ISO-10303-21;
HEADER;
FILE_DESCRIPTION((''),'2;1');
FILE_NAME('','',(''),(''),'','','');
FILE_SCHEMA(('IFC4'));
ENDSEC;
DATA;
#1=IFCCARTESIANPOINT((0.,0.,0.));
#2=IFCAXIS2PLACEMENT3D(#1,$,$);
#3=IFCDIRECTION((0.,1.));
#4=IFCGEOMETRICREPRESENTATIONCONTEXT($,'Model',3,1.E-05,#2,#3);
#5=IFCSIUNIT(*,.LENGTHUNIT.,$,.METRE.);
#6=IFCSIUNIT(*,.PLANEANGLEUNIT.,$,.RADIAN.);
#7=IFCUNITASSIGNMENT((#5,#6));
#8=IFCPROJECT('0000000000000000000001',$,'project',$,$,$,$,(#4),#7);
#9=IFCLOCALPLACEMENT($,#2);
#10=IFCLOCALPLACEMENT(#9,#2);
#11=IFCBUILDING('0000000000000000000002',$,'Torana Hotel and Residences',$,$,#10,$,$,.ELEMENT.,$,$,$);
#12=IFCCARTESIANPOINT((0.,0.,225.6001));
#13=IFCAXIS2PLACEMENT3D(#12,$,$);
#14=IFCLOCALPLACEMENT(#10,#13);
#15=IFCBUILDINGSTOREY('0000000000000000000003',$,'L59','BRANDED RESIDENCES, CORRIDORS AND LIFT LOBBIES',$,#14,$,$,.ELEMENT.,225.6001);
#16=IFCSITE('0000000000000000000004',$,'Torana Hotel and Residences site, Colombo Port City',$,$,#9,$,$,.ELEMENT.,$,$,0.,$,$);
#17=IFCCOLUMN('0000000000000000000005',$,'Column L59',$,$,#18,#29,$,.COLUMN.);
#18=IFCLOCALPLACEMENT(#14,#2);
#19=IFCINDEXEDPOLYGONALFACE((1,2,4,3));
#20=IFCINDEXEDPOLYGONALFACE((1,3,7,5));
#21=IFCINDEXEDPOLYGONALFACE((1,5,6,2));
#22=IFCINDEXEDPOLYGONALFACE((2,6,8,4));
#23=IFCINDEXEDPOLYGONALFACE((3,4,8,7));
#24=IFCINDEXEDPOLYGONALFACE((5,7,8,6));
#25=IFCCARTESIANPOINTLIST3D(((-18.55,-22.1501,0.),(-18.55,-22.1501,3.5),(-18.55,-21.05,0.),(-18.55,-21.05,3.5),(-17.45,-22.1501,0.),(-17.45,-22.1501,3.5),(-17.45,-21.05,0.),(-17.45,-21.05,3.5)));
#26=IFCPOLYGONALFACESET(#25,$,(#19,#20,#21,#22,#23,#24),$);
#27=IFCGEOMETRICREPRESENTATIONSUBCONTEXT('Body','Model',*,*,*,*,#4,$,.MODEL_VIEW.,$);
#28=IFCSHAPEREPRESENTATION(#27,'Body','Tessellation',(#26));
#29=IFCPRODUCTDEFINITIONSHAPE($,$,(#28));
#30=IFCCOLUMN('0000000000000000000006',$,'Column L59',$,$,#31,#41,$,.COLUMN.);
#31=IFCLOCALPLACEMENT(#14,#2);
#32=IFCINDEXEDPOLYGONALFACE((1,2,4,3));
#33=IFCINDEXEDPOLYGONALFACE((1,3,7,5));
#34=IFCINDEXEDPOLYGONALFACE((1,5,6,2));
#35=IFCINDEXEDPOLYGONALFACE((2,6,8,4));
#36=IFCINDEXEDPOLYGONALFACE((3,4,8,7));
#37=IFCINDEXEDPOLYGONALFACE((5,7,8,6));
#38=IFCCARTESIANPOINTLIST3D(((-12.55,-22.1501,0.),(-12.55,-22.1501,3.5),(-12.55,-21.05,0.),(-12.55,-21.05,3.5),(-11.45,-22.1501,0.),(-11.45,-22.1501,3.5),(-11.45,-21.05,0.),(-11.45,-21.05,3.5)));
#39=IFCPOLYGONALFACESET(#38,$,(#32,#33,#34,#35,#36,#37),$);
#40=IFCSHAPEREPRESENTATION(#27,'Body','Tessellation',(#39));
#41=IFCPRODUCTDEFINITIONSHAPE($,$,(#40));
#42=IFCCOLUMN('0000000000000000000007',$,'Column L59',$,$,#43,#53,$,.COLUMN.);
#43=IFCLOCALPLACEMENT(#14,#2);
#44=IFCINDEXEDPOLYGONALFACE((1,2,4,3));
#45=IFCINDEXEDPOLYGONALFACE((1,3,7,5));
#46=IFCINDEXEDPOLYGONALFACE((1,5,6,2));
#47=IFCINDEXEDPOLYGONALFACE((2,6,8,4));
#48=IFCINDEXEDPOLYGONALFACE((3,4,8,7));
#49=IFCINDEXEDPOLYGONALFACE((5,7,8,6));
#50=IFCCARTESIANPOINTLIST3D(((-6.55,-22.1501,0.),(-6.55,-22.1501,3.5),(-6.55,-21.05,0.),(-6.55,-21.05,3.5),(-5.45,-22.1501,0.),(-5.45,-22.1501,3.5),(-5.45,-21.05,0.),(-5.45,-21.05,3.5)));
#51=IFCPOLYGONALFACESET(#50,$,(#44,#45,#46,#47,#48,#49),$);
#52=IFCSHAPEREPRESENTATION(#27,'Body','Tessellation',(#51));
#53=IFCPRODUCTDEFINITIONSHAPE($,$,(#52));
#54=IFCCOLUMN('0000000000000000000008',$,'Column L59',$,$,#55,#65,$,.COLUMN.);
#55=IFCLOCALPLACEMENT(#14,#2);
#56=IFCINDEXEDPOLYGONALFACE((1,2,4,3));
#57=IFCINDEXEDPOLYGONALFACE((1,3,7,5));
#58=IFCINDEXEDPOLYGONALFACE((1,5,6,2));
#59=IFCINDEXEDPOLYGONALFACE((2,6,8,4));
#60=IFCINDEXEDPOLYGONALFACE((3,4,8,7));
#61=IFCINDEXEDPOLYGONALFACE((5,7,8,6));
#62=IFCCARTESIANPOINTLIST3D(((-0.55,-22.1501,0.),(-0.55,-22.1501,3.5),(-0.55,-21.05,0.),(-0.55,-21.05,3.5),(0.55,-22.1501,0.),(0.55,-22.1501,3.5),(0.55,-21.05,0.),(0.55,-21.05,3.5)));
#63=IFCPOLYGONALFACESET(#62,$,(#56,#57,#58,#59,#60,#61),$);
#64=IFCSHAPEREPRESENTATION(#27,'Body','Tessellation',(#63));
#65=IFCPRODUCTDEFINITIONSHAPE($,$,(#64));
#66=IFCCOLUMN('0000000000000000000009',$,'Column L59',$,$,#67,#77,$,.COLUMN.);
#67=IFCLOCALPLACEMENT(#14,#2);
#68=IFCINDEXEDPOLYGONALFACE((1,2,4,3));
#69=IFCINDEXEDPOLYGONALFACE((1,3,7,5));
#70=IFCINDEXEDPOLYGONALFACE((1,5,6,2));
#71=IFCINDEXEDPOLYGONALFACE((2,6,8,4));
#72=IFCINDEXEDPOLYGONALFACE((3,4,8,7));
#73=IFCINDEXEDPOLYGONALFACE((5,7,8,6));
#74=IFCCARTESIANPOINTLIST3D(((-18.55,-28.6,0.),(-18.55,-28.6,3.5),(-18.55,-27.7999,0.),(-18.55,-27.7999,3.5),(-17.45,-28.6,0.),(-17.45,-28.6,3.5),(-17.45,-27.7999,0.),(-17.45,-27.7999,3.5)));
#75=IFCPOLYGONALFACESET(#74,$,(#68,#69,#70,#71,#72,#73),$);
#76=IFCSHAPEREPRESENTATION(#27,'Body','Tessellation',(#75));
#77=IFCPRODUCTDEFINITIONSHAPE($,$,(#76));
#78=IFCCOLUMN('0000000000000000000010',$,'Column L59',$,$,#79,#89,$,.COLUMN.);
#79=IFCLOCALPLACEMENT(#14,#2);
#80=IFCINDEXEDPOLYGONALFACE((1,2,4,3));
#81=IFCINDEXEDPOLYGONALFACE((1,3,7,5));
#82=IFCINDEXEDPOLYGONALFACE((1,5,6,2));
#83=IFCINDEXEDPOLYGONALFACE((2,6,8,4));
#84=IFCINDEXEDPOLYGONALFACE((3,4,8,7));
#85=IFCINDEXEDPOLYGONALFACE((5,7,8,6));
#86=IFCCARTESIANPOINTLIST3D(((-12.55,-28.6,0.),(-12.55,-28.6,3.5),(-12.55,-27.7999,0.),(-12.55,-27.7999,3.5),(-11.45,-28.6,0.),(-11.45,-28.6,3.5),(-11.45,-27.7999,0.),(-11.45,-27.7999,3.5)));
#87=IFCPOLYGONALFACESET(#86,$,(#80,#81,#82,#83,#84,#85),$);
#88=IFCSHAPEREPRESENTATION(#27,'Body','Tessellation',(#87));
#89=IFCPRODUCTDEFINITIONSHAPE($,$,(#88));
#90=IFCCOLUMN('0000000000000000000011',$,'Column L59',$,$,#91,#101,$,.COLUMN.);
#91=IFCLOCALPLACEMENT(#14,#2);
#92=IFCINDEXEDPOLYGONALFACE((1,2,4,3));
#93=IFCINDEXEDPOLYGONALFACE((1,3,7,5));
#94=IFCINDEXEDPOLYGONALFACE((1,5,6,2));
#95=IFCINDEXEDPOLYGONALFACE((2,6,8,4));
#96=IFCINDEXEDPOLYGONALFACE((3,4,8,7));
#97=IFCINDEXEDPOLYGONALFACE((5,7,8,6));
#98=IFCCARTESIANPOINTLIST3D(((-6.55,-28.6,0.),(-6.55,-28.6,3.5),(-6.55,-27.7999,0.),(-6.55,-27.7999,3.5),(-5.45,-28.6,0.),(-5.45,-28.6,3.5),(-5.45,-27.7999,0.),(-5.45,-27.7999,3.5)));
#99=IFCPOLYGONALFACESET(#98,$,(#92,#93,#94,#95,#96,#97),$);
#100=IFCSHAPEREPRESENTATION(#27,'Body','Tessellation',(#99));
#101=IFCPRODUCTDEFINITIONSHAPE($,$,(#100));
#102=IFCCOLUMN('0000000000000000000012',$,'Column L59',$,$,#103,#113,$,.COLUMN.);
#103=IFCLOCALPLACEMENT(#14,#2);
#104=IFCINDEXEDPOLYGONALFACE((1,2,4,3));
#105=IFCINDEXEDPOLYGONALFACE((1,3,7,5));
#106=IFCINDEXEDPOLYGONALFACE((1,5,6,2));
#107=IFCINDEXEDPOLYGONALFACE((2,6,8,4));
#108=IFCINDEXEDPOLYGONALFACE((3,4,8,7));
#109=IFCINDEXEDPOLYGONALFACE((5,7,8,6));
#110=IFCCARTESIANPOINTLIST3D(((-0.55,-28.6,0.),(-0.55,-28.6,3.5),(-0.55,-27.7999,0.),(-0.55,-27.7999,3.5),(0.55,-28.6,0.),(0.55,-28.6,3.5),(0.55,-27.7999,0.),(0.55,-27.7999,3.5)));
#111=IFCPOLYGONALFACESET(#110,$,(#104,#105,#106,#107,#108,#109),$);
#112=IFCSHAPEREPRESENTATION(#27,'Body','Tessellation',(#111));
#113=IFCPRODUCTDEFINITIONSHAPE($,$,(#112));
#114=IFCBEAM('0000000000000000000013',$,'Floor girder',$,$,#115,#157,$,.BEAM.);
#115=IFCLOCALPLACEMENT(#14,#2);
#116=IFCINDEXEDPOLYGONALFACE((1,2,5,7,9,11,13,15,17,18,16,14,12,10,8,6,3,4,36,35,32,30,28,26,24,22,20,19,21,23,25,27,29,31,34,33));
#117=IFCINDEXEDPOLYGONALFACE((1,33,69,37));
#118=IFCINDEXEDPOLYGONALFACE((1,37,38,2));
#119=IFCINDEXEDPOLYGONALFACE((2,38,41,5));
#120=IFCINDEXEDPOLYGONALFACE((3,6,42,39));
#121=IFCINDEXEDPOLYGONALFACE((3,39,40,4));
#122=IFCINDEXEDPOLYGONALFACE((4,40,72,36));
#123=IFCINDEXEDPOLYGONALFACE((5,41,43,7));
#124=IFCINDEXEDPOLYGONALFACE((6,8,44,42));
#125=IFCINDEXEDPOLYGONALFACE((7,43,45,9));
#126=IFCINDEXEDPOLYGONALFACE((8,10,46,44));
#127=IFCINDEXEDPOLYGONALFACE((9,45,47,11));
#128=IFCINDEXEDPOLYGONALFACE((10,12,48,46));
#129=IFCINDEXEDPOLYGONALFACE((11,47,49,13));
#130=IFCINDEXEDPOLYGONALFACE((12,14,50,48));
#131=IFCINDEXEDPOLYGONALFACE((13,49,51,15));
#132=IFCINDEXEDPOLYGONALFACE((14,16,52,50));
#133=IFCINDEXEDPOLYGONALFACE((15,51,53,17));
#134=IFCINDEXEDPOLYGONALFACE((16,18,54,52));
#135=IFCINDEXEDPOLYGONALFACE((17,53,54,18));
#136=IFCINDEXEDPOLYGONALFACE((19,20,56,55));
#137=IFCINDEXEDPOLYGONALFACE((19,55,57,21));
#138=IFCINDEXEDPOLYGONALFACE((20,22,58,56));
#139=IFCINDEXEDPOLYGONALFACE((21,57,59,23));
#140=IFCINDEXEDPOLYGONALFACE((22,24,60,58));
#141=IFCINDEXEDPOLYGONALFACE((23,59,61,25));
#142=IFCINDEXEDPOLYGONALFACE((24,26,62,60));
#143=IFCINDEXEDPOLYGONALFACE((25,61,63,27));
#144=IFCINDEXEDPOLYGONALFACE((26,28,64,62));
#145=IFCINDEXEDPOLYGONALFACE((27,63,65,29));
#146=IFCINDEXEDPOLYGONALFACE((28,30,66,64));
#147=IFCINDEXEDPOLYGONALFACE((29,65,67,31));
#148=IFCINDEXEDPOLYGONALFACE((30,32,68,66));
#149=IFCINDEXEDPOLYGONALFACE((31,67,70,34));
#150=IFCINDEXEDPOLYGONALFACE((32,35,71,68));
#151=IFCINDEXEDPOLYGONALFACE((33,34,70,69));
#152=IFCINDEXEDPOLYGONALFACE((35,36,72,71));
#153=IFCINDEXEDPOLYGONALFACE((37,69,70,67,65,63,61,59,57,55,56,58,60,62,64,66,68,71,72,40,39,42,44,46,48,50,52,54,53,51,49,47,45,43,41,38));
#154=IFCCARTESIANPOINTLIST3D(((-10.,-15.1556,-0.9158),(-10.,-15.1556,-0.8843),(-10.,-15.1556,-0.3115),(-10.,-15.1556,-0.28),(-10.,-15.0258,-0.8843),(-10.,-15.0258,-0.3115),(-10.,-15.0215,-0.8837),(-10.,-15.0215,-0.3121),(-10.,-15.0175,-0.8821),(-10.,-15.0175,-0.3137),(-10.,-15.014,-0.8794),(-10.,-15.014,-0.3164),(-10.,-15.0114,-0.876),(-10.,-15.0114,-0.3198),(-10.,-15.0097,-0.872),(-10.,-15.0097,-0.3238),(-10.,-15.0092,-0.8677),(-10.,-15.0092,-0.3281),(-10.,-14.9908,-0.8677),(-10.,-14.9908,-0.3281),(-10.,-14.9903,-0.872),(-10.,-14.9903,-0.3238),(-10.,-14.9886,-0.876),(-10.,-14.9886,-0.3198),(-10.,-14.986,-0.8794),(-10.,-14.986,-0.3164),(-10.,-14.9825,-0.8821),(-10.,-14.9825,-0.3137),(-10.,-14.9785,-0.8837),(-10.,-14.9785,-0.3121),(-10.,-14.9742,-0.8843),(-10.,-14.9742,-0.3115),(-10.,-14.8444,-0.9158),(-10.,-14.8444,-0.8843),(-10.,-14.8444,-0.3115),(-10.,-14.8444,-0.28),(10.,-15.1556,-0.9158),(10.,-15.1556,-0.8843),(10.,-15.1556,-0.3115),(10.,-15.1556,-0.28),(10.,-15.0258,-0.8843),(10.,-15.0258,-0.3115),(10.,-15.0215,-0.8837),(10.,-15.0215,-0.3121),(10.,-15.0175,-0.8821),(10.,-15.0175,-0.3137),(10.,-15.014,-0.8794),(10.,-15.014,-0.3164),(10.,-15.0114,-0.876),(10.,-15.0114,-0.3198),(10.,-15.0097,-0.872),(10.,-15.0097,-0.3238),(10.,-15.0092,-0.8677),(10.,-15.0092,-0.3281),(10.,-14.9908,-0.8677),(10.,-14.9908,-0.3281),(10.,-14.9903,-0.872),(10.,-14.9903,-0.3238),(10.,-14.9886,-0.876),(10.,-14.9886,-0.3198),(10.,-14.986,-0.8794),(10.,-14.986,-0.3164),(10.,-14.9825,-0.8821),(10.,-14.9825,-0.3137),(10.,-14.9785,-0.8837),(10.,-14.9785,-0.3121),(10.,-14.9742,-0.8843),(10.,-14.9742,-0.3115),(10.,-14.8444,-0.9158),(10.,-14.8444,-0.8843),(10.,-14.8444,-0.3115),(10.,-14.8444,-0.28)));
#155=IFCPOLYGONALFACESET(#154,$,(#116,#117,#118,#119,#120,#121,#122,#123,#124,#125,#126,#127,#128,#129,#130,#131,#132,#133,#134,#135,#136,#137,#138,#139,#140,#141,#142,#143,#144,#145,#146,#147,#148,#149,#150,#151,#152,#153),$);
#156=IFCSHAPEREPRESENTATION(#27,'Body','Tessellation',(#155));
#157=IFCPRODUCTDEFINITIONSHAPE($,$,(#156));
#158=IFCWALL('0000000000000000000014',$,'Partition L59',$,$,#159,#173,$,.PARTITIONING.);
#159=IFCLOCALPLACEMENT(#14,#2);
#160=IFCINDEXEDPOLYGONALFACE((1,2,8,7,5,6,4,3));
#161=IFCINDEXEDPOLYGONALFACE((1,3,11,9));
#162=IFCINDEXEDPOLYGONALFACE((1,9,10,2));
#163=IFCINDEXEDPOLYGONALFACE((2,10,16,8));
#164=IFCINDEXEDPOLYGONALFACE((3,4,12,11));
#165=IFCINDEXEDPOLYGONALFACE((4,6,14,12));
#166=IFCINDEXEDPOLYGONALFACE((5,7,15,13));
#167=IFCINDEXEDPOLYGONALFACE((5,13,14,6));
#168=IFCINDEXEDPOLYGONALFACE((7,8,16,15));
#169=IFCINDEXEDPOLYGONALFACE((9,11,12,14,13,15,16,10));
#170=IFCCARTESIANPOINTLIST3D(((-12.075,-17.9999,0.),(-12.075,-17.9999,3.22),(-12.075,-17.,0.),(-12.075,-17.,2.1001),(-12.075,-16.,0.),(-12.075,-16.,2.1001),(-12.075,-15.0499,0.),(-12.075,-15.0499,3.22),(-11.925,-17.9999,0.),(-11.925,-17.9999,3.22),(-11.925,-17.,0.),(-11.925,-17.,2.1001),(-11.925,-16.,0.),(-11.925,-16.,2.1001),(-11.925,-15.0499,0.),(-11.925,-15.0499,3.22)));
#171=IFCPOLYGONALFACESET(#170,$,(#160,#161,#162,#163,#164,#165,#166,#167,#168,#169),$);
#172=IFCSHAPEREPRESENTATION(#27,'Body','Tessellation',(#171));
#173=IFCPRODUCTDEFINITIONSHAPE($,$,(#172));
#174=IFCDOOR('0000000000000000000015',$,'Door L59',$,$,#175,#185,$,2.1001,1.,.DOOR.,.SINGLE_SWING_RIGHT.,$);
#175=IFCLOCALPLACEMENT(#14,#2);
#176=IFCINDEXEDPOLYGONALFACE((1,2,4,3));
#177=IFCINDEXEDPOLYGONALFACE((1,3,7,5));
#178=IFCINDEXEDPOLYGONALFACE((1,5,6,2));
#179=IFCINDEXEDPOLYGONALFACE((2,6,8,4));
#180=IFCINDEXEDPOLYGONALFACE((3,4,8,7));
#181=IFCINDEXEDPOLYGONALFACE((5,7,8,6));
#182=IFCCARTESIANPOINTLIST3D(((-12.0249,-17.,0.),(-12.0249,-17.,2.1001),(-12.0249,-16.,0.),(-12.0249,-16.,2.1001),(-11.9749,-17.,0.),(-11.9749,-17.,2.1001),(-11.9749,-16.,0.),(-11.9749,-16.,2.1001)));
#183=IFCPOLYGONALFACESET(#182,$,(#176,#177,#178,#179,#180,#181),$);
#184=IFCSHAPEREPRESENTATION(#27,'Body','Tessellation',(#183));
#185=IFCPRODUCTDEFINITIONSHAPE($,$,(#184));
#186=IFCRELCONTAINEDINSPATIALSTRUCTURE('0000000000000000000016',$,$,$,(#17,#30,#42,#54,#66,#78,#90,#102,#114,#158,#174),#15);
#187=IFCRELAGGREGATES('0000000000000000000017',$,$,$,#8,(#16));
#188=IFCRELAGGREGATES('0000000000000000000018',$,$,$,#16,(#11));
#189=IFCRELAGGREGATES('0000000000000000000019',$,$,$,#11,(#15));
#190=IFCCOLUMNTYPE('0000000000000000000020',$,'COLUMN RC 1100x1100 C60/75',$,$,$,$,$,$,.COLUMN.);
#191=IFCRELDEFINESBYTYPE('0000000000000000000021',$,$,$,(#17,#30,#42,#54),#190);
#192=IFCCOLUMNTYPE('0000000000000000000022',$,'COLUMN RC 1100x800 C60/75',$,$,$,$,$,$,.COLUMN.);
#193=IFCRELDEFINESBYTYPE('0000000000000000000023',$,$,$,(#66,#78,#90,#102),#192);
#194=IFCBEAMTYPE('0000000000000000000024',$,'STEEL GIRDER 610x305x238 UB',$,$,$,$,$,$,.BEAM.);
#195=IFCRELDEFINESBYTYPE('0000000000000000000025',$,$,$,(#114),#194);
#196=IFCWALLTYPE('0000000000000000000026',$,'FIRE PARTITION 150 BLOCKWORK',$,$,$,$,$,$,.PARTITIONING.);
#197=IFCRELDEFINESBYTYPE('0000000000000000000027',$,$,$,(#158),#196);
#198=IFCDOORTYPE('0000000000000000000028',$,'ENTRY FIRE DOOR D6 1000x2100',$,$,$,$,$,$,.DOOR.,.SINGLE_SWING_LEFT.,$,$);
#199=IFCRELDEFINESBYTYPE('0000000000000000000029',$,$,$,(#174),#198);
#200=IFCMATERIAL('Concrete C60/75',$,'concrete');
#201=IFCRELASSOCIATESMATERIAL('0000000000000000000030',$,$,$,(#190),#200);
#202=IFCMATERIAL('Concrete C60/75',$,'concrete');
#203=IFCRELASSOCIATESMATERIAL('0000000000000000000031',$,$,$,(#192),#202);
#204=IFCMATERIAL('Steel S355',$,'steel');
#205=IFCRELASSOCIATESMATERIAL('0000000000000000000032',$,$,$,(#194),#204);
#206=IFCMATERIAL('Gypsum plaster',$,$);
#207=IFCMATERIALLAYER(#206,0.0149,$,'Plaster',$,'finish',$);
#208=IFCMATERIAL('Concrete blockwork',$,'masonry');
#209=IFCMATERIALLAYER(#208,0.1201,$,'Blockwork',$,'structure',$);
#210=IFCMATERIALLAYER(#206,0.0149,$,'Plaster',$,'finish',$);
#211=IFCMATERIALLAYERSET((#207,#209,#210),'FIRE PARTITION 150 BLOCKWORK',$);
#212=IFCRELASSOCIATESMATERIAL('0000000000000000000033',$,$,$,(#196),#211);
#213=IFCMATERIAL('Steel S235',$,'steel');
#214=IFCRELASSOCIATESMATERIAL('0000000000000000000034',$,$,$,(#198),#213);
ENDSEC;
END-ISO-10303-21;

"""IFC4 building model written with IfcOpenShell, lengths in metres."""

from ifc_helpers import new_model, si_unit, direction, frame, frame_2d, origin, origin_2d, place, context, subcontext, project, spatial, rectangle, i_section, extrude, material, layer, layer_set, material_profile, profile_set, type_object, element, fill, save


model = new_model("IFC4")

# Units and contexts
model_context = context("Model", 3, precision=1e-05, world=origin(), true_north=direction((0.0, 1.0)))
body_context = subcontext(model_context, "Body", "Model", "MODEL_VIEW")
ifc_project = project(units=[si_unit("LENGTHUNIT", "METRE"), si_unit("PLANEANGLEUNIT", "RADIAN")], contexts=[model_context])

# Site, building, storey
site_placement = place(None, origin())
site = spatial("IfcSite", under=ifc_project, at=site_placement, Name="Torana Hotel and Residences site, Colombo Port City", CompositionType="ELEMENT", RefElevation=0.0)
building_placement = place(site_placement, origin())
building = spatial("IfcBuilding", under=site, at=building_placement, Name="Torana Hotel and Residences", CompositionType="ELEMENT")
storey_placement = place(building_placement, frame((0.0, 0.0, 225.6001)))
storey = spatial("IfcBuildingStorey", under=building, at=storey_placement, Name="L59", Description="BRANDED RESIDENCES, CORRIDORS AND LIFT LOBBIES", CompositionType="ELEMENT", Elevation=225.6001)

# Columns
ifc_material_1 = material(Name="Concrete C60/75", Category="concrete")
ifc_material_profile_1 = material_profile(ifc_material_1, rectangle(XDim=1.1001, YDim=1.1001, at=origin_2d()), Name="RC 1100x1100")
ifc_profile_set_1 = profile_set([ifc_material_profile_1], Name="Concrete C60/75")
column_type_1 = type_object("IfcColumnType", Name="COLUMN RC 1100x1100 C60/75", PredefinedType="COLUMN", material=ifc_profile_set_1)
for number, where, z_axis, x_axis, name in (
    (1, (-18.0, -21.6001, 0.0), (0.0, 0.0, 1.0), (1.0, 0.0, 0.0), "Column L59"),
    (2, (-12.0, -21.6001, 0.0), (0.0, 0.0, 1.0), (1.0, 0.0, 0.0), "Column L59"),
    (3, (-6.0, -21.6001, 0.0), (0.0, 0.0, 1.0), (1.0, 0.0, 0.0), "Column L59"),
    (4, (0.0, -21.6001, 0.0), (0.0, 0.0, 1.0), (1.0, 0.0, 0.0), "Column L59"),
):
    element("IfcColumn", number, at=place(storey_placement, frame(where, z_axis=z_axis, x_axis=x_axis)), inside=storey, type_object=column_type_1, Name=name, PredefinedType="COLUMN", context=body_context, shape_type="SweptSolid", body=[
        extrude(rectangle(XDim=1.1001, YDim=1.1001, at=origin_2d()), origin(), (0.0, 0.0, 1.0), 3.5),
    ])
ifc_material_2 = material(Name="Concrete C60/75", Category="concrete")
ifc_material_profile_2 = material_profile(ifc_material_2, rectangle(XDim=1.1001, YDim=0.8, at=origin_2d()), Name="RC 1100x800")
ifc_profile_set_2 = profile_set([ifc_material_profile_2], Name="Concrete C60/75")
column_type_2 = type_object("IfcColumnType", Name="COLUMN RC 1100x800 C60/75", PredefinedType="COLUMN", material=ifc_profile_set_2)
for number, where, z_axis, x_axis, name in (
    (5, (-18.0, -28.2, 0.0), (0.0, 0.0, 1.0), (1.0, 0.0, 0.0), "Column L59"),
    (6, (-12.0, -28.2, 0.0), (0.0, 0.0, 1.0), (1.0, 0.0, 0.0), "Column L59"),
    (7, (-6.0, -28.2, 0.0), (0.0, 0.0, 1.0), (1.0, 0.0, 0.0), "Column L59"),
    (8, (0.0, -28.2, 0.0), (0.0, 0.0, 1.0), (1.0, 0.0, 0.0), "Column L59"),
):
    element("IfcColumn", number, at=place(storey_placement, frame(where, z_axis=z_axis, x_axis=x_axis)), inside=storey, type_object=column_type_2, Name=name, PredefinedType="COLUMN", context=body_context, shape_type="SweptSolid", body=[
        extrude(rectangle(XDim=1.1001, YDim=0.8, at=origin_2d()), origin(), (0.0, 0.0, 1.0), 3.5),
    ])

# Beam
ifc_material_3 = material(Name="Steel S355", Category="steel")
ifc_material_profile_3 = material_profile(ifc_material_3, i_section(OverallWidth=0.3113, OverallDepth=0.6357, WebThickness=0.0183, FlangeThickness=0.0315, FilletRadius=0.0166, at=origin_2d()), Name="610x305x238 UB")
ifc_profile_set_3 = profile_set([ifc_material_profile_3], Name="Steel S355")
beam_type = type_object("IfcBeamType", Name="STEEL GIRDER 610x305x238 UB", PredefinedType="BEAM", material=ifc_profile_set_3)
beam_placement = place(storey_placement, frame((-10.0, -15.0, -0.5979), z_axis=(1.0, 0.0, 0.0), x_axis=(0.0, 1.0, 0.0)))
element("IfcBeam", 9, at=beam_placement, inside=storey, type_object=beam_type, Name="Floor girder", PredefinedType="BEAM", context=body_context, shape_type="SweptSolid", body=[
    extrude(i_section(OverallWidth=0.3113, OverallDepth=0.6357, WebThickness=0.0183, FlangeThickness=0.0315, FilletRadius=0.0166, at=origin_2d()), origin(), (0.0, 0.0, 1.0), 20.0),
])

# Wall, opening, door
ifc_material_4 = material(Name="Gypsum plaster")
ifc_layer_1 = layer(ifc_material_4, 0.0149, Name="Plaster", Category="finish")
ifc_material_5 = material(Name="Concrete blockwork", Category="masonry")
ifc_layer_2 = layer(ifc_material_5, 0.1201, Name="Blockwork", Category="structure")
ifc_layer_3 = layer(ifc_material_4, 0.0149, Name="Plaster", Category="finish")
ifc_layer_set_1 = layer_set([ifc_layer_1, ifc_layer_2, ifc_layer_3], Name="FIRE PARTITION 150 BLOCKWORK")
wall_type_1 = type_object("IfcWallType", Name="FIRE PARTITION 150 BLOCKWORK", PredefinedType="PARTITIONING", material=ifc_layer_set_1)
wall_1_placement = place(storey_placement, frame((-12.0, -18.0, 0.0), z_axis=(0.0, 0.0, 1.0), x_axis=(0.0, 1.0, 0.0)))
wall_1 = element("IfcWall", 10, at=wall_1_placement, inside=storey, type_object=wall_type_1, Name="Partition L59", PredefinedType="PARTITIONING", context=body_context, shape_type="SweptSolid", body=[
    extrude(rectangle(XDim=2.95, YDim=0.1499, at=frame_2d((1.4751, 0.0))), origin(), (0.0, 0.0, 1.0), 3.22),
])
opening_1_placement = place(wall_1_placement, frame((1.0, 0.0, 0.0)))
opening_1 = element("IfcOpeningElement", 11, at=opening_1_placement, cuts=wall_1, PredefinedType="OPENING", context=body_context, shape_type="SweptSolid", body=[
    extrude(rectangle(XDim=1.0, YDim=2.1001, at=frame_2d((0.5, 1.05))), frame((0.0, 0.085, 0.0), z_axis=(0.0, -1.0, 0.0), x_axis=(1.0, 0.0, 0.0)), (0.0, 0.0, 1.0), 0.1699),
])
ifc_material_6 = material(Name="Steel S235", Category="steel")
door_type_1 = type_object("IfcDoorType", Name="ENTRY FIRE DOOR D6 1000x2100", OperationType="SINGLE_SWING_LEFT", PredefinedType="DOOR", material=ifc_material_6)
door_1_placement = place(opening_1_placement, origin())
door_1 = element("IfcDoor", 12, at=door_1_placement, inside=storey, type_object=door_type_1, Name="Door L59", OperationType="SINGLE_SWING_RIGHT", OverallHeight=2.1001, OverallWidth=1.0, PredefinedType="DOOR", context=body_context, shape_type="SweptSolid", body=[
    extrude(rectangle(XDim=1.0, YDim=2.1001, at=frame_2d((0.5, 1.05))), frame((0.0, 0.0249, 0.0), z_axis=(0.0, -1.0, 0.0), x_axis=(1.0, 0.0, 0.0)), (0.0, 0.0, 1.0), 0.05),
])
fill(opening_1, door_1)

save(model, "model.ifc")
